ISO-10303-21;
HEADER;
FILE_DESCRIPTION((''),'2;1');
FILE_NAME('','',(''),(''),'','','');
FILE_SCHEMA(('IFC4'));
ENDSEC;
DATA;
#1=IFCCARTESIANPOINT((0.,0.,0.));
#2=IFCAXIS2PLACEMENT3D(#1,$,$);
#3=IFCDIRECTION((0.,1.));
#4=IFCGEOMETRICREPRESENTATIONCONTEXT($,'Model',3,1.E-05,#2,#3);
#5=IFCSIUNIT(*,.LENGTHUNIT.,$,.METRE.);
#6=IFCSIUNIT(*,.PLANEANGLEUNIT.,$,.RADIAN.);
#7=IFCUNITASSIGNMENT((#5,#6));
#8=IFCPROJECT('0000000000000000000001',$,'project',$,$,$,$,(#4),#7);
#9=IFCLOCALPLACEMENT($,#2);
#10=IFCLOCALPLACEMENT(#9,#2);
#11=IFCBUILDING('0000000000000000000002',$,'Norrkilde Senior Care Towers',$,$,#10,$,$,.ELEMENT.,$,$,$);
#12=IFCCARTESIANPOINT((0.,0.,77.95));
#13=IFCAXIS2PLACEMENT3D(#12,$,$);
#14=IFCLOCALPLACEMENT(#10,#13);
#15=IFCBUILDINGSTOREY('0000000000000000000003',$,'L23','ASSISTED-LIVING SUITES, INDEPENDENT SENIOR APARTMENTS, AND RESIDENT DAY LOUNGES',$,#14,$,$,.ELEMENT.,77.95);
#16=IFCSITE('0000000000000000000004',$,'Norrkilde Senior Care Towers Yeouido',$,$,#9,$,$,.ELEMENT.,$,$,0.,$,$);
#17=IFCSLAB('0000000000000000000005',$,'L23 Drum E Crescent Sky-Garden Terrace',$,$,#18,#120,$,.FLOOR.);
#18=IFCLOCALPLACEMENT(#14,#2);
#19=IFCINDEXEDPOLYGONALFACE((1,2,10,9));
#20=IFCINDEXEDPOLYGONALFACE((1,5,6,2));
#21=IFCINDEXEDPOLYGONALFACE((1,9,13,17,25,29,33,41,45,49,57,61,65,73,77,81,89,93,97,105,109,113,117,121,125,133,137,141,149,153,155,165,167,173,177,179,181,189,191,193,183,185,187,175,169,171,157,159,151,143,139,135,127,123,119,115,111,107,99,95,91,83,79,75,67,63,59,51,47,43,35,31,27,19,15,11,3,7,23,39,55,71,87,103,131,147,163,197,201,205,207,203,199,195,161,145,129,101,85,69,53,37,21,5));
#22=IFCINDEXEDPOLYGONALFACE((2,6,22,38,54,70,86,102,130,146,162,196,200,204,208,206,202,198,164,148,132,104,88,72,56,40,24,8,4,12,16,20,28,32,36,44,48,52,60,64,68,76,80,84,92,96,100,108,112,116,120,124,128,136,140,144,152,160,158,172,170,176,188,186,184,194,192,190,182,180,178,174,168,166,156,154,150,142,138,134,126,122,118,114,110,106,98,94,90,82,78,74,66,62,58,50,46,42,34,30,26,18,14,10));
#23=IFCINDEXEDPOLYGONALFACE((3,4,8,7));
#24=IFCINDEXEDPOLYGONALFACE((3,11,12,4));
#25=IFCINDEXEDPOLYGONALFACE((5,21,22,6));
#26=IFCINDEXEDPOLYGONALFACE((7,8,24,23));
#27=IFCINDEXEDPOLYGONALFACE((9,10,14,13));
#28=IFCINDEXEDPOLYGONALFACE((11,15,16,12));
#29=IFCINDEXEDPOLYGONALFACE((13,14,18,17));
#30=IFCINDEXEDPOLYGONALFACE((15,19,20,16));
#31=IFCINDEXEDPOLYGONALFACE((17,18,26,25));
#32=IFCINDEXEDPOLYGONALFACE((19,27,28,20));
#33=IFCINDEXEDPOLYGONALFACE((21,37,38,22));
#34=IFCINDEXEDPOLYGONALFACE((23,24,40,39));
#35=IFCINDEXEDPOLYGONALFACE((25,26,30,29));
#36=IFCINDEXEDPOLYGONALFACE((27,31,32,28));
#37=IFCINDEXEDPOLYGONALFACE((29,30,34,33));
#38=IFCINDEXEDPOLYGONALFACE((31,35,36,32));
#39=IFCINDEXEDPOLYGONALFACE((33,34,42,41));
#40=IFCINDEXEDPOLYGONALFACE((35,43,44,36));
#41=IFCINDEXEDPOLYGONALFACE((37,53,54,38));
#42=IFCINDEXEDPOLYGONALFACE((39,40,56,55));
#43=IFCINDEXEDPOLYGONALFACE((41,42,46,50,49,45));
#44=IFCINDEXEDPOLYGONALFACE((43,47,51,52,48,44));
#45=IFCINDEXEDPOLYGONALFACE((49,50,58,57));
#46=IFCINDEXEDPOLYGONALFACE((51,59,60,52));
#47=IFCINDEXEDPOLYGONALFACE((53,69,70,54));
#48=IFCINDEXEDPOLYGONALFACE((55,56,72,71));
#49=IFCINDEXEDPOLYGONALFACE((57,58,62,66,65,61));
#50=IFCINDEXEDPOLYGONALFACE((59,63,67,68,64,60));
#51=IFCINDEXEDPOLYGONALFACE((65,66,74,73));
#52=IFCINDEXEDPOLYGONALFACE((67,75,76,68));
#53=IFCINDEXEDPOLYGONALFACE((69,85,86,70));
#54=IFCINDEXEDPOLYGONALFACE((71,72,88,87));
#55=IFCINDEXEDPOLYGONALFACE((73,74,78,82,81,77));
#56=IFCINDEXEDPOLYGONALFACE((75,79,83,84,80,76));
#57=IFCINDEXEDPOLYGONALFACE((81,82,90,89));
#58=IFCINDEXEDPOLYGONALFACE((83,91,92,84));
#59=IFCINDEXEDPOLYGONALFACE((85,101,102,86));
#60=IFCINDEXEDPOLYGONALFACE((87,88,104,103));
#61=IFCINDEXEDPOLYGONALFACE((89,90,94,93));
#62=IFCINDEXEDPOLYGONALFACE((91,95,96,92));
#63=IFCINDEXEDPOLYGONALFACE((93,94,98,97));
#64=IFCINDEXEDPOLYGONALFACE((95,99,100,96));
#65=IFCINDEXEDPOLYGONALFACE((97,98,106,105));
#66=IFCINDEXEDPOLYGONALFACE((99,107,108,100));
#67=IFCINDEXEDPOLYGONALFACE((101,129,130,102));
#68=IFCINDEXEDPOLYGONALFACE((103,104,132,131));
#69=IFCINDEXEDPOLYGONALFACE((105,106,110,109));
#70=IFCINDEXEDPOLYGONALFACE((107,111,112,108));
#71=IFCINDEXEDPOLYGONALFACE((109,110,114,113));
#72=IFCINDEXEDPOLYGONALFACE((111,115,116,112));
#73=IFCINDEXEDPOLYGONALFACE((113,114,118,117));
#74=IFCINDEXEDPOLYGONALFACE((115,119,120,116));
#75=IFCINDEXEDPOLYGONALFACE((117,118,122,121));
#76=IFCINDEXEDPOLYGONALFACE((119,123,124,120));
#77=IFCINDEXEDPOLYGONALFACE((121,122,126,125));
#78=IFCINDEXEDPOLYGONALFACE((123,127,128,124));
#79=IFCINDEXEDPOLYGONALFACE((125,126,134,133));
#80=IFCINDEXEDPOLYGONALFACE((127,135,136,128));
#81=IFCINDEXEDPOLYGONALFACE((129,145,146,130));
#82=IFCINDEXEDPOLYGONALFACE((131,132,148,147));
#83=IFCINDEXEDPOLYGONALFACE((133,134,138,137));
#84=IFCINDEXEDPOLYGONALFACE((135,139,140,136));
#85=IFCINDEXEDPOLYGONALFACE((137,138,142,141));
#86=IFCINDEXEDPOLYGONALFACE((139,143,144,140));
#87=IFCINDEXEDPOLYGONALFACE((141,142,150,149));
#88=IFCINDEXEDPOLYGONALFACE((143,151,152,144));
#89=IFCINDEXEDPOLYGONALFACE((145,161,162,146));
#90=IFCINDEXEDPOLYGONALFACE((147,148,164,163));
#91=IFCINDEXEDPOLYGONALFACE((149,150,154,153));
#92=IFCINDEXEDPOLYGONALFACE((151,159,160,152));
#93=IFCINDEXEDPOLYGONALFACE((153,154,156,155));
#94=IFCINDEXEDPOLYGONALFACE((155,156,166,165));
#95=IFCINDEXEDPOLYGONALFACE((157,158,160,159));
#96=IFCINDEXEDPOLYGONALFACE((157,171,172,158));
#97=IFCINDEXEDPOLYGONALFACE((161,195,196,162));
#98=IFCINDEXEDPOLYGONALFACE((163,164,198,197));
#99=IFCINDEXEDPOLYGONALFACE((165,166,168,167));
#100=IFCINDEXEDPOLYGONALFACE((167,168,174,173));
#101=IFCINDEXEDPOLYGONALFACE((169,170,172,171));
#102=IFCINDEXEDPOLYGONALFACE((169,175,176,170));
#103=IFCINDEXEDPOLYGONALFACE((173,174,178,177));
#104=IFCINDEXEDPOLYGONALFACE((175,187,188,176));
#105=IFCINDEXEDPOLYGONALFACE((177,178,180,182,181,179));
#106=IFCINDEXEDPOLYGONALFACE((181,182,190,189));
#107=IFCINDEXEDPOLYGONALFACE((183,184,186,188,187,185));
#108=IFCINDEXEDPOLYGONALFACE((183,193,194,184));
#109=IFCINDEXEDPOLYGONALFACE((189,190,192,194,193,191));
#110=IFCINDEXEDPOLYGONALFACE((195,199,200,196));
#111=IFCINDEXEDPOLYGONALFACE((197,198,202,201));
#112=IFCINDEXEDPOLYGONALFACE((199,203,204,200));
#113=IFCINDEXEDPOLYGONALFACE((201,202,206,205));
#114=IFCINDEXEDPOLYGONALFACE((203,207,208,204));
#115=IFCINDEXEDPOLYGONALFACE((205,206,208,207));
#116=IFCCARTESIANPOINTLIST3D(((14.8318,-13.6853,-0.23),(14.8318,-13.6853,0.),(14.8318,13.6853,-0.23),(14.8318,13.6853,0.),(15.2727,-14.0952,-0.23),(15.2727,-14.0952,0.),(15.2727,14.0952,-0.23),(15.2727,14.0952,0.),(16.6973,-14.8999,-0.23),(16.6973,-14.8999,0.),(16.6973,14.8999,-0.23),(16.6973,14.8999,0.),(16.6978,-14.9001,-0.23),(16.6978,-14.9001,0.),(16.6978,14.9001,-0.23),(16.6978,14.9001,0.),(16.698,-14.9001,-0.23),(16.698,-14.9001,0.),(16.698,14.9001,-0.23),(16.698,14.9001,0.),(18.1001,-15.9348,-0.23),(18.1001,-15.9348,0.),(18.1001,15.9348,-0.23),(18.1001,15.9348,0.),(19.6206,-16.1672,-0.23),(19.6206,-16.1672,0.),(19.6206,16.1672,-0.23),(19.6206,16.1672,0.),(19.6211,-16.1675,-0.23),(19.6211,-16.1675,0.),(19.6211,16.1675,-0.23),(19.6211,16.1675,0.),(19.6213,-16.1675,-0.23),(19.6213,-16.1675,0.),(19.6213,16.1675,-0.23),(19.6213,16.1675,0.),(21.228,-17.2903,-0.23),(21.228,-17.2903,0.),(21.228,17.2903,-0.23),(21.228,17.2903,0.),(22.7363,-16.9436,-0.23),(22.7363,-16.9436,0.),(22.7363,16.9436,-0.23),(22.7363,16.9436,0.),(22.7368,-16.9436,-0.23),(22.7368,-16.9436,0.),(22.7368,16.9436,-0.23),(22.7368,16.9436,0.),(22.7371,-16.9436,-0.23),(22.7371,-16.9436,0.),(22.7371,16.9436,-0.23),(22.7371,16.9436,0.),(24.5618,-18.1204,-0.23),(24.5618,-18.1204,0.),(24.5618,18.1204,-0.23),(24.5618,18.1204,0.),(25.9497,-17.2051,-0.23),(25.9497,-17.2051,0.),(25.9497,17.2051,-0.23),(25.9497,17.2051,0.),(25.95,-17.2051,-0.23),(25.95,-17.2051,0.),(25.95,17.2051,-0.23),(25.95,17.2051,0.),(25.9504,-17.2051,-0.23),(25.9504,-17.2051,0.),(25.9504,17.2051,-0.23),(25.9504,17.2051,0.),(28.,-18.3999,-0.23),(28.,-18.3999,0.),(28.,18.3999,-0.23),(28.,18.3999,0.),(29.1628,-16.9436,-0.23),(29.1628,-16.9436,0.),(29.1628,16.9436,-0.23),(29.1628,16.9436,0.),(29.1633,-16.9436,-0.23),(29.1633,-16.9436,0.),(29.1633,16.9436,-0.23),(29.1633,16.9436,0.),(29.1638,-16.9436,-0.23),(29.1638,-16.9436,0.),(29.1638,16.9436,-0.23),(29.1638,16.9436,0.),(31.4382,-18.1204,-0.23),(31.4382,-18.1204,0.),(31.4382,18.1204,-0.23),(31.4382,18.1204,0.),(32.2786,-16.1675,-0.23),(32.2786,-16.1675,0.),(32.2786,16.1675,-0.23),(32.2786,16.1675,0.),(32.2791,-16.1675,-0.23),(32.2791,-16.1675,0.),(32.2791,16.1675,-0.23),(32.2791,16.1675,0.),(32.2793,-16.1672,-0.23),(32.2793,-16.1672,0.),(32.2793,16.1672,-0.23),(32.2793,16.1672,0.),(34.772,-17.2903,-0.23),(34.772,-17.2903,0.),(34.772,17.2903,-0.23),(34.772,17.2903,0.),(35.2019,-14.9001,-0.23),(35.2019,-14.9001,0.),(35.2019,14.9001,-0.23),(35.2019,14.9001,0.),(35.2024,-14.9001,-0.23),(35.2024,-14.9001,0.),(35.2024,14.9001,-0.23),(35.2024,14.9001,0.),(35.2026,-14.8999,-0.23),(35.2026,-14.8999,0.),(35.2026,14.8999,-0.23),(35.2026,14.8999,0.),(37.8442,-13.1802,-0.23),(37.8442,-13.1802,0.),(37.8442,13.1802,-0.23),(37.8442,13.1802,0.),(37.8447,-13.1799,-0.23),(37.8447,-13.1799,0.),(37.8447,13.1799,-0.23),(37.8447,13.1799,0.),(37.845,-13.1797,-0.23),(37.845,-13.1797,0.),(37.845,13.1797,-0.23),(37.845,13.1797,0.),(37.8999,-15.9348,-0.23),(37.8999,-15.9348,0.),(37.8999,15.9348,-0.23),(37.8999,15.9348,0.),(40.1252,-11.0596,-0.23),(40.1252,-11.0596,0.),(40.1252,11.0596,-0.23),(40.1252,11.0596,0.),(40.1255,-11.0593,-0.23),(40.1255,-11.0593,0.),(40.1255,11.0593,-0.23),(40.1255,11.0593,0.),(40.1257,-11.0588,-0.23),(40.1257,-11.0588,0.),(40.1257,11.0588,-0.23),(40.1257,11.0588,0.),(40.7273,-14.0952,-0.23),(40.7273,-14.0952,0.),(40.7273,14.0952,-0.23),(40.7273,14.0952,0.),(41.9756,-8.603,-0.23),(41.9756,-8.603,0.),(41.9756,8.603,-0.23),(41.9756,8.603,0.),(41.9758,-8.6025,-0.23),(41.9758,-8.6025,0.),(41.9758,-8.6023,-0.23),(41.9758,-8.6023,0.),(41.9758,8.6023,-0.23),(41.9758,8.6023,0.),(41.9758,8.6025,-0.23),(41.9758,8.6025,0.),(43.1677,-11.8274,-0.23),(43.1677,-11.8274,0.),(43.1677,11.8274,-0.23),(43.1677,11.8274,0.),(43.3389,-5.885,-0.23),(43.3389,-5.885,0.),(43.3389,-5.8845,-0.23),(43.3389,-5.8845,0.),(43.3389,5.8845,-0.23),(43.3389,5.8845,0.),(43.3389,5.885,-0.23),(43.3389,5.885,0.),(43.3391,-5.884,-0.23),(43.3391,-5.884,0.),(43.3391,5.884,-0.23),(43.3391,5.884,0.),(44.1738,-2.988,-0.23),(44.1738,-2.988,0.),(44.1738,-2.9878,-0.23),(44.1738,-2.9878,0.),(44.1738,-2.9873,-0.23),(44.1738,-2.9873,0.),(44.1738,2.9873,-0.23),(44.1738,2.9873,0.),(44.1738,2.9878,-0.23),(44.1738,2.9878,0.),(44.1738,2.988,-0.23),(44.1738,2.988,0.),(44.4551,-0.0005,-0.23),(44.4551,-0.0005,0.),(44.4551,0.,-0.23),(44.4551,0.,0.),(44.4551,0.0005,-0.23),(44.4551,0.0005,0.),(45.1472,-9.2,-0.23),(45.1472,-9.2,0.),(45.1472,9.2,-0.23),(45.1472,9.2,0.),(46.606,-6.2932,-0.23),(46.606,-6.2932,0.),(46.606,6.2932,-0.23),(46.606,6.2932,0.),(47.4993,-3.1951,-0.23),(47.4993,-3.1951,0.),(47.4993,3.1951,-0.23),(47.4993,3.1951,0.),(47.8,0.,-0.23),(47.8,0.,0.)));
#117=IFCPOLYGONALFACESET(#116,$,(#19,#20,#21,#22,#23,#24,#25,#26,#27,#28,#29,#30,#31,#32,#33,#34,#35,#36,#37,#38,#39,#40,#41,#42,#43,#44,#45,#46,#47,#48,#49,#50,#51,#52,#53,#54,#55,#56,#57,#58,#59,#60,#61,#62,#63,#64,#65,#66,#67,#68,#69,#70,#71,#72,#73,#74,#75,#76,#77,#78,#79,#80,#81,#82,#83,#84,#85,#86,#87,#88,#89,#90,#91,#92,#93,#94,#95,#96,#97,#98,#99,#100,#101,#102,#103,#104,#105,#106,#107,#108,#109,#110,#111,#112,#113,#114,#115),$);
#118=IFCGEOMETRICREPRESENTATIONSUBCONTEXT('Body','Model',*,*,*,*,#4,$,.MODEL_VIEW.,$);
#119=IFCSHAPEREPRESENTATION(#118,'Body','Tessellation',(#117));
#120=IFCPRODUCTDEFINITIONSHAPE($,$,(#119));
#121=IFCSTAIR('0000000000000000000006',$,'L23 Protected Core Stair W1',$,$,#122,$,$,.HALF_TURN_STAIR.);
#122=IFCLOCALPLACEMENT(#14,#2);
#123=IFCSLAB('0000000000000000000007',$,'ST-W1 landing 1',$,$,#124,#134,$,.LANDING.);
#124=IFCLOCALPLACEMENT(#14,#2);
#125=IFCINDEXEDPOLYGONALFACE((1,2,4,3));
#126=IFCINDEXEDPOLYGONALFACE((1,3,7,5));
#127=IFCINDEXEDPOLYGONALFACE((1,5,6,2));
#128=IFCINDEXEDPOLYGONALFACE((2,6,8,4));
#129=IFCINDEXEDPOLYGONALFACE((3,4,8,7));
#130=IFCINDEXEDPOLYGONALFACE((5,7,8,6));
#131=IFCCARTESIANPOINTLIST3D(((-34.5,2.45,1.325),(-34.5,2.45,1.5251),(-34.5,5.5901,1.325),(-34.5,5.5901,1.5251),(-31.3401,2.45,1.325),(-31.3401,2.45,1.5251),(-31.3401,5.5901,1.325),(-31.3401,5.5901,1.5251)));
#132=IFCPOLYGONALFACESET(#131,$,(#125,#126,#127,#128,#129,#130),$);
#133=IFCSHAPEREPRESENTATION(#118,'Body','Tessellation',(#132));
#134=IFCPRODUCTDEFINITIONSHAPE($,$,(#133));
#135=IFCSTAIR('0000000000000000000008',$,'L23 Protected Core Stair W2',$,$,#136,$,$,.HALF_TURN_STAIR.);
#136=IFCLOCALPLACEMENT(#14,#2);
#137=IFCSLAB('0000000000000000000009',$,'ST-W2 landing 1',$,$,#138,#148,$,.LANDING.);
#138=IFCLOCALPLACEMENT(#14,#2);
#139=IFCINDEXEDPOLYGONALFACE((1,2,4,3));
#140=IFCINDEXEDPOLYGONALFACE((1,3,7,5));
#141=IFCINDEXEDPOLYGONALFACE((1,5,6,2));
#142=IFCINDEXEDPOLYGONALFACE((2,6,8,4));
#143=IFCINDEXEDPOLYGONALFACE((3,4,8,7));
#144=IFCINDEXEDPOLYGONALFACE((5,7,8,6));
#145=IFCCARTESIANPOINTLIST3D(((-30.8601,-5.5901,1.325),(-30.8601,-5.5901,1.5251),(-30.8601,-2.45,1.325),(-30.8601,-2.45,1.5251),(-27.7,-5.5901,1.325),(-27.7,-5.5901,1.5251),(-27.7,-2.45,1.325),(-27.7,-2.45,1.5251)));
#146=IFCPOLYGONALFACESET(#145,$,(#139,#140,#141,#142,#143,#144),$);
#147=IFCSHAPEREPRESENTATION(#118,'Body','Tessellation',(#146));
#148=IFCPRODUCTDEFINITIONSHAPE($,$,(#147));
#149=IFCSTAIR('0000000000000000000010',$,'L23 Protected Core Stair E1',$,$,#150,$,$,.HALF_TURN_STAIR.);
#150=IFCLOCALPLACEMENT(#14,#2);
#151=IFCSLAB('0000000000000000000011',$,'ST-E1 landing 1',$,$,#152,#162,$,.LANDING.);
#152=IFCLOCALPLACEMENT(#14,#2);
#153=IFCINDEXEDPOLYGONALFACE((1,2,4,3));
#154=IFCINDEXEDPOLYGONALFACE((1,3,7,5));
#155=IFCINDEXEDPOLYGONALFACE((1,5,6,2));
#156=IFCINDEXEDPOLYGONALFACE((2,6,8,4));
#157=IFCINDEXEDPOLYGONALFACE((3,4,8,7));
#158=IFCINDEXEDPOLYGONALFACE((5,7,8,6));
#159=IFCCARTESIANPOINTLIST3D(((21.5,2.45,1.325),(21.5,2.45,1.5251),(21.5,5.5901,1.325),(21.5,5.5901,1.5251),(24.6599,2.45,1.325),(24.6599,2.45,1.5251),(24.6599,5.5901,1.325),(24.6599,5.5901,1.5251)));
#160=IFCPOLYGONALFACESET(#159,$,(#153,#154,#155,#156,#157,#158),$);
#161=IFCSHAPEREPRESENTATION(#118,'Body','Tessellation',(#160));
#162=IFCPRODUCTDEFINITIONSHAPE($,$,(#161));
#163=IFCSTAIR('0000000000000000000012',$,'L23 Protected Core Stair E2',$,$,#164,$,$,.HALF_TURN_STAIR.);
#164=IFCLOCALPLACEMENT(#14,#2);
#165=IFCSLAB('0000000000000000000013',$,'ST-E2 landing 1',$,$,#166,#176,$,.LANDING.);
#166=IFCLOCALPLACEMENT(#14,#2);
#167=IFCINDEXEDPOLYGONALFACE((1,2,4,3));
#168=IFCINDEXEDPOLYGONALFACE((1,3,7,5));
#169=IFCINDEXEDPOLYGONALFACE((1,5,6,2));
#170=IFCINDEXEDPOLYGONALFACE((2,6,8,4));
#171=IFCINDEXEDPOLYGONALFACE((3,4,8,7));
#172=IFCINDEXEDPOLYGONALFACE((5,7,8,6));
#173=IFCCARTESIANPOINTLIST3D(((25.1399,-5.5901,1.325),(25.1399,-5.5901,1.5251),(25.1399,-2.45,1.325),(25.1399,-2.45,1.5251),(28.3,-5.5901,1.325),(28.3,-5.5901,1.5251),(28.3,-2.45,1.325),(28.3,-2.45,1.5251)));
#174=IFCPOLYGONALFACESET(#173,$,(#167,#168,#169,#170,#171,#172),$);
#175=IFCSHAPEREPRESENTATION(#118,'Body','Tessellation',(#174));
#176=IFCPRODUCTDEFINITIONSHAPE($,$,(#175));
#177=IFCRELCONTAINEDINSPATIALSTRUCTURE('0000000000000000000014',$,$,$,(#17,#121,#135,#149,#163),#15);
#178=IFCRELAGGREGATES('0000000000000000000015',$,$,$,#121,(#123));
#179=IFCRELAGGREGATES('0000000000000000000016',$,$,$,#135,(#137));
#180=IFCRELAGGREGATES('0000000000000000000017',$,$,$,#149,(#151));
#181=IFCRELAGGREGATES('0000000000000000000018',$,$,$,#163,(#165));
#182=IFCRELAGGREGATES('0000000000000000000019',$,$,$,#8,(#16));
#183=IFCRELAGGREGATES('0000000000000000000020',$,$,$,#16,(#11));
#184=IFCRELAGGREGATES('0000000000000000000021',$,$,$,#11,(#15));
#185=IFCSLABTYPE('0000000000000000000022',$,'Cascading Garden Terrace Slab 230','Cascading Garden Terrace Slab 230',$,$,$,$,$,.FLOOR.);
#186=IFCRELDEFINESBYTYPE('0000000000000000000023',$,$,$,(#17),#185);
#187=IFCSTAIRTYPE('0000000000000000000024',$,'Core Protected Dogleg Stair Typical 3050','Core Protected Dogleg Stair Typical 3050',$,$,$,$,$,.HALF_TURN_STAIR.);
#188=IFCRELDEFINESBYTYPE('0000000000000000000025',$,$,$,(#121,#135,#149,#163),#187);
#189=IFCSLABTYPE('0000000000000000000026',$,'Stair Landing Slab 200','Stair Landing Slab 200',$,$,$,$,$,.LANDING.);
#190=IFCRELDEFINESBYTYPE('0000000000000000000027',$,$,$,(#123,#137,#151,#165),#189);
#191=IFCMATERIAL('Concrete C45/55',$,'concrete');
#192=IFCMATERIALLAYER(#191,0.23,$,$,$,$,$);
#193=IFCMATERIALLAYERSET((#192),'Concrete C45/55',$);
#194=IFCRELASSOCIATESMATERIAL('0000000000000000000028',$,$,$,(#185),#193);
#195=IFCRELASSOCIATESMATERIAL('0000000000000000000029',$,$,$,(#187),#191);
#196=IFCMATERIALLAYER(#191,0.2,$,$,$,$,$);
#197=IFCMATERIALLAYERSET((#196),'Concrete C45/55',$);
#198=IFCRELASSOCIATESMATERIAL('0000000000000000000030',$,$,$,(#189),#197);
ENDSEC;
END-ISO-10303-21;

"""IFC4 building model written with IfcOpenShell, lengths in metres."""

from ifc_helpers import new_model, si_unit, direction, frame, origin, place, context, subcontext, project, spatial, polyline, outline, extrude, material, layer, layer_set, type_object, element, aggregate, save


model = new_model("IFC4")

# Units and contexts
model_context = context("Model", 3, precision=1e-05, world=origin(), true_north=direction((0.0, 1.0)))
body_context = subcontext(model_context, "Body", "Model", "MODEL_VIEW")
ifc_project = project(units=[si_unit("LENGTHUNIT", "METRE"), si_unit("PLANEANGLEUNIT", "RADIAN")], contexts=[model_context])

# Site, building, storey
site_placement = place(None, origin())
site = spatial("IfcSite", under=ifc_project, at=site_placement, Name="Norrkilde Senior Care Towers Yeouido", CompositionType="ELEMENT", RefElevation=0.0)
building_placement = place(site_placement, origin())
building = spatial("IfcBuilding", under=site, at=building_placement, Name="Norrkilde Senior Care Towers", CompositionType="ELEMENT")
storey_placement = place(building_placement, frame((0.0, 0.0, 77.95)))
storey = spatial("IfcBuildingStorey", under=building, at=storey_placement, Name="L23", Description="ASSISTED-LIVING SUITES, INDEPENDENT SENIOR APARTMENTS, AND RESIDENT DAY LOUNGES", CompositionType="ELEMENT", Elevation=77.95)

# Slab
ifc_material_1 = material(Name="Concrete C45/55", Category="concrete")
ifc_layer_1 = layer(ifc_material_1, 0.23)
ifc_layer_set_1 = layer_set([ifc_layer_1], Name="Concrete C45/55")
slab_type_1 = type_object("IfcSlabType", Name="Cascading Garden Terrace Slab 230", Description="Cascading Garden Terrace Slab 230", PredefinedType="FLOOR", material=ifc_layer_set_1)
slab_1_placement = place(storey_placement, frame((0.0, 0.0, -0.23)))
element("IfcSlab", 1, at=slab_1_placement, inside=storey, type_object=slab_type_1, Name="L23 Drum E Crescent Sky-Garden Terrace", PredefinedType="FLOOR", context=body_context, shape_type="SweptSolid", body=[
    extrude(outline(polyline([(15.2727, 14.0952), (18.1001, 15.9348), (21.228, 17.2903), (24.5618, 18.1204), (28.0, 18.3999), (31.4382, 18.1204), (34.772, 17.2903), (37.8999, 15.9348), (40.7273, 14.0952), (43.1677, 11.8274), (45.1472, 9.2), (46.606, 6.2932), (47.4993, 3.1951), (47.8, 0.0), (47.4993, -3.1951), (46.606, -6.2932), (45.1472, -9.2), (43.1677, -11.8274), (40.7273, -14.0952), (37.8999, -15.9348), (34.772, -17.2903), (31.4382, -18.1204), (28.0, -18.3999), (24.5618, -18.1204), (21.228, -17.2903), (18.1001, -15.9348), (15.2727, -14.0952), (14.8318, -13.6853), (16.6973, -14.8999), (16.6978, -14.9001), (16.698, -14.9001), (19.6206, -16.1672), (19.6211, -16.1675), (19.6213, -16.1675), (22.7363, -16.9436), (22.7368, -16.9436), (22.7371, -16.9436), (25.9497, -17.2051), (25.95, -17.2051), (25.9504, -17.2051), (29.1628, -16.9436), (29.1633, -16.9436), (29.1638, -16.9436), (32.2786, -16.1675), (32.2791, -16.1675), (32.2793, -16.1672), (35.2019, -14.9001), (35.2024, -14.9001), (35.2026, -14.8999), (37.8442, -13.1802), (37.8447, -13.1799), (37.845, -13.1797), (40.1252, -11.0596), (40.1255, -11.0593), (40.1257, -11.0588), (41.9756, -8.603), (41.9758, -8.6025), (41.9758, -8.6023), (43.3389, -5.885), (43.3389, -5.8845), (43.3391, -5.884), (44.1738, -2.988), (44.1738, -2.9878), (44.1738, -2.9873), (44.4551, -0.0005), (44.4551, 0.0), (44.4551, 0.0005), (44.1738, 2.9873), (44.1738, 2.9878), (44.1738, 2.988), (43.3391, 5.884), (43.3389, 5.8845), (43.3389, 5.885), (41.9758, 8.6023), (41.9758, 8.6025), (41.9756, 8.603), (40.1257, 11.0588), (40.1255, 11.0593), (40.1252, 11.0596), (37.845, 13.1797), (37.8447, 13.1799), (37.8442, 13.1802), (35.2026, 14.8999), (35.2024, 14.9001), (35.2019, 14.9001), (32.2793, 16.1672), (32.2791, 16.1675), (32.2786, 16.1675), (29.1638, 16.9436), (29.1633, 16.9436), (29.1628, 16.9436), (25.9504, 17.2051), (25.95, 17.2051), (25.9497, 17.2051), (22.7371, 16.9436), (22.7368, 16.9436), (22.7363, 16.9436), (19.6213, 16.1675), (19.6211, 16.1675), (19.6206, 16.1672), (16.698, 14.9001), (16.6978, 14.9001), (16.6973, 14.8999), (14.8318, 13.6853), (15.2727, 14.0952)])), origin(), (0.0, 0.0, 1.0), 0.23),
])

# Stairs, slabs
stair_type = type_object("IfcStairType", Name="Core Protected Dogleg Stair Typical 3050", Description="Core Protected Dogleg Stair Typical 3050", PredefinedType="HALF_TURN_STAIR", material=ifc_material_1)
stair_1_placement = place(storey_placement, origin())
stair_1 = element("IfcStair", 2, at=stair_1_placement, inside=storey, type_object=stair_type, Name="L23 Protected Core Stair W1", PredefinedType="HALF_TURN_STAIR")
ifc_layer_2 = layer(ifc_material_1, 0.2)
ifc_layer_set_2 = layer_set([ifc_layer_2], Name="Concrete C45/55")
slab_type_2 = type_object("IfcSlabType", Name="Stair Landing Slab 200", Description="Stair Landing Slab 200", PredefinedType="LANDING", material=ifc_layer_set_2)
slab_2_placement = place(storey_placement, frame((0.0, 0.0, 1.325)))
slab_2 = element("IfcSlab", 3, at=slab_2_placement, type_object=slab_type_2, Name="ST-W1 landing 1", PredefinedType="LANDING", context=body_context, shape_type="SweptSolid", body=[
    extrude(outline(polyline([(-31.3401, 5.5901), (-34.5, 5.5901), (-34.5, 2.45), (-31.3401, 2.45), (-31.3401, 5.5901)])), origin(), (0.0, 0.0, 1.0), 0.2002),
])
aggregate(stair_1, [slab_2])
stair_2_placement = place(storey_placement, origin())
stair_2 = element("IfcStair", 4, at=stair_2_placement, inside=storey, type_object=stair_type, Name="L23 Protected Core Stair W2", PredefinedType="HALF_TURN_STAIR")
slab_3_placement = place(storey_placement, frame((0.0, 0.0, 1.325)))
slab_3 = element("IfcSlab", 5, at=slab_3_placement, type_object=slab_type_2, Name="ST-W2 landing 1", PredefinedType="LANDING", context=body_context, shape_type="SweptSolid", body=[
    extrude(outline(polyline([(-30.8601, -5.5901), (-27.7, -5.5901), (-27.7, -2.45), (-30.8601, -2.45), (-30.8601, -5.5901)])), origin(), (0.0, 0.0, 1.0), 0.2002),
])
aggregate(stair_2, [slab_3])
stair_3_placement = place(storey_placement, origin())
stair_3 = element("IfcStair", 6, at=stair_3_placement, inside=storey, type_object=stair_type, Name="L23 Protected Core Stair E1", PredefinedType="HALF_TURN_STAIR")
slab_4_placement = place(storey_placement, frame((0.0, 0.0, 1.325)))
slab_4 = element("IfcSlab", 7, at=slab_4_placement, type_object=slab_type_2, Name="ST-E1 landing 1", PredefinedType="LANDING", context=body_context, shape_type="SweptSolid", body=[
    extrude(outline(polyline([(24.6599, 5.5901), (21.5, 5.5901), (21.5, 2.45), (24.6599, 2.45), (24.6599, 5.5901)])), origin(), (0.0, 0.0, 1.0), 0.2002),
])
aggregate(stair_3, [slab_4])
stair_4_placement = place(storey_placement, origin())
stair_4 = element("IfcStair", 8, at=stair_4_placement, inside=storey, type_object=stair_type, Name="L23 Protected Core Stair E2", PredefinedType="HALF_TURN_STAIR")
slab_5_placement = place(storey_placement, frame((0.0, 0.0, 1.325)))
slab_5 = element("IfcSlab", 9, at=slab_5_placement, type_object=slab_type_2, Name="ST-E2 landing 1", PredefinedType="LANDING", context=body_context, shape_type="SweptSolid", body=[
    extrude(outline(polyline([(25.1399, -5.5901), (28.3, -5.5901), (28.3, -2.45), (25.1399, -2.45), (25.1399, -5.5901)])), origin(), (0.0, 0.0, 1.0), 0.2002),
])
aggregate(stair_4, [slab_5])

save(model, "model.ifc")
